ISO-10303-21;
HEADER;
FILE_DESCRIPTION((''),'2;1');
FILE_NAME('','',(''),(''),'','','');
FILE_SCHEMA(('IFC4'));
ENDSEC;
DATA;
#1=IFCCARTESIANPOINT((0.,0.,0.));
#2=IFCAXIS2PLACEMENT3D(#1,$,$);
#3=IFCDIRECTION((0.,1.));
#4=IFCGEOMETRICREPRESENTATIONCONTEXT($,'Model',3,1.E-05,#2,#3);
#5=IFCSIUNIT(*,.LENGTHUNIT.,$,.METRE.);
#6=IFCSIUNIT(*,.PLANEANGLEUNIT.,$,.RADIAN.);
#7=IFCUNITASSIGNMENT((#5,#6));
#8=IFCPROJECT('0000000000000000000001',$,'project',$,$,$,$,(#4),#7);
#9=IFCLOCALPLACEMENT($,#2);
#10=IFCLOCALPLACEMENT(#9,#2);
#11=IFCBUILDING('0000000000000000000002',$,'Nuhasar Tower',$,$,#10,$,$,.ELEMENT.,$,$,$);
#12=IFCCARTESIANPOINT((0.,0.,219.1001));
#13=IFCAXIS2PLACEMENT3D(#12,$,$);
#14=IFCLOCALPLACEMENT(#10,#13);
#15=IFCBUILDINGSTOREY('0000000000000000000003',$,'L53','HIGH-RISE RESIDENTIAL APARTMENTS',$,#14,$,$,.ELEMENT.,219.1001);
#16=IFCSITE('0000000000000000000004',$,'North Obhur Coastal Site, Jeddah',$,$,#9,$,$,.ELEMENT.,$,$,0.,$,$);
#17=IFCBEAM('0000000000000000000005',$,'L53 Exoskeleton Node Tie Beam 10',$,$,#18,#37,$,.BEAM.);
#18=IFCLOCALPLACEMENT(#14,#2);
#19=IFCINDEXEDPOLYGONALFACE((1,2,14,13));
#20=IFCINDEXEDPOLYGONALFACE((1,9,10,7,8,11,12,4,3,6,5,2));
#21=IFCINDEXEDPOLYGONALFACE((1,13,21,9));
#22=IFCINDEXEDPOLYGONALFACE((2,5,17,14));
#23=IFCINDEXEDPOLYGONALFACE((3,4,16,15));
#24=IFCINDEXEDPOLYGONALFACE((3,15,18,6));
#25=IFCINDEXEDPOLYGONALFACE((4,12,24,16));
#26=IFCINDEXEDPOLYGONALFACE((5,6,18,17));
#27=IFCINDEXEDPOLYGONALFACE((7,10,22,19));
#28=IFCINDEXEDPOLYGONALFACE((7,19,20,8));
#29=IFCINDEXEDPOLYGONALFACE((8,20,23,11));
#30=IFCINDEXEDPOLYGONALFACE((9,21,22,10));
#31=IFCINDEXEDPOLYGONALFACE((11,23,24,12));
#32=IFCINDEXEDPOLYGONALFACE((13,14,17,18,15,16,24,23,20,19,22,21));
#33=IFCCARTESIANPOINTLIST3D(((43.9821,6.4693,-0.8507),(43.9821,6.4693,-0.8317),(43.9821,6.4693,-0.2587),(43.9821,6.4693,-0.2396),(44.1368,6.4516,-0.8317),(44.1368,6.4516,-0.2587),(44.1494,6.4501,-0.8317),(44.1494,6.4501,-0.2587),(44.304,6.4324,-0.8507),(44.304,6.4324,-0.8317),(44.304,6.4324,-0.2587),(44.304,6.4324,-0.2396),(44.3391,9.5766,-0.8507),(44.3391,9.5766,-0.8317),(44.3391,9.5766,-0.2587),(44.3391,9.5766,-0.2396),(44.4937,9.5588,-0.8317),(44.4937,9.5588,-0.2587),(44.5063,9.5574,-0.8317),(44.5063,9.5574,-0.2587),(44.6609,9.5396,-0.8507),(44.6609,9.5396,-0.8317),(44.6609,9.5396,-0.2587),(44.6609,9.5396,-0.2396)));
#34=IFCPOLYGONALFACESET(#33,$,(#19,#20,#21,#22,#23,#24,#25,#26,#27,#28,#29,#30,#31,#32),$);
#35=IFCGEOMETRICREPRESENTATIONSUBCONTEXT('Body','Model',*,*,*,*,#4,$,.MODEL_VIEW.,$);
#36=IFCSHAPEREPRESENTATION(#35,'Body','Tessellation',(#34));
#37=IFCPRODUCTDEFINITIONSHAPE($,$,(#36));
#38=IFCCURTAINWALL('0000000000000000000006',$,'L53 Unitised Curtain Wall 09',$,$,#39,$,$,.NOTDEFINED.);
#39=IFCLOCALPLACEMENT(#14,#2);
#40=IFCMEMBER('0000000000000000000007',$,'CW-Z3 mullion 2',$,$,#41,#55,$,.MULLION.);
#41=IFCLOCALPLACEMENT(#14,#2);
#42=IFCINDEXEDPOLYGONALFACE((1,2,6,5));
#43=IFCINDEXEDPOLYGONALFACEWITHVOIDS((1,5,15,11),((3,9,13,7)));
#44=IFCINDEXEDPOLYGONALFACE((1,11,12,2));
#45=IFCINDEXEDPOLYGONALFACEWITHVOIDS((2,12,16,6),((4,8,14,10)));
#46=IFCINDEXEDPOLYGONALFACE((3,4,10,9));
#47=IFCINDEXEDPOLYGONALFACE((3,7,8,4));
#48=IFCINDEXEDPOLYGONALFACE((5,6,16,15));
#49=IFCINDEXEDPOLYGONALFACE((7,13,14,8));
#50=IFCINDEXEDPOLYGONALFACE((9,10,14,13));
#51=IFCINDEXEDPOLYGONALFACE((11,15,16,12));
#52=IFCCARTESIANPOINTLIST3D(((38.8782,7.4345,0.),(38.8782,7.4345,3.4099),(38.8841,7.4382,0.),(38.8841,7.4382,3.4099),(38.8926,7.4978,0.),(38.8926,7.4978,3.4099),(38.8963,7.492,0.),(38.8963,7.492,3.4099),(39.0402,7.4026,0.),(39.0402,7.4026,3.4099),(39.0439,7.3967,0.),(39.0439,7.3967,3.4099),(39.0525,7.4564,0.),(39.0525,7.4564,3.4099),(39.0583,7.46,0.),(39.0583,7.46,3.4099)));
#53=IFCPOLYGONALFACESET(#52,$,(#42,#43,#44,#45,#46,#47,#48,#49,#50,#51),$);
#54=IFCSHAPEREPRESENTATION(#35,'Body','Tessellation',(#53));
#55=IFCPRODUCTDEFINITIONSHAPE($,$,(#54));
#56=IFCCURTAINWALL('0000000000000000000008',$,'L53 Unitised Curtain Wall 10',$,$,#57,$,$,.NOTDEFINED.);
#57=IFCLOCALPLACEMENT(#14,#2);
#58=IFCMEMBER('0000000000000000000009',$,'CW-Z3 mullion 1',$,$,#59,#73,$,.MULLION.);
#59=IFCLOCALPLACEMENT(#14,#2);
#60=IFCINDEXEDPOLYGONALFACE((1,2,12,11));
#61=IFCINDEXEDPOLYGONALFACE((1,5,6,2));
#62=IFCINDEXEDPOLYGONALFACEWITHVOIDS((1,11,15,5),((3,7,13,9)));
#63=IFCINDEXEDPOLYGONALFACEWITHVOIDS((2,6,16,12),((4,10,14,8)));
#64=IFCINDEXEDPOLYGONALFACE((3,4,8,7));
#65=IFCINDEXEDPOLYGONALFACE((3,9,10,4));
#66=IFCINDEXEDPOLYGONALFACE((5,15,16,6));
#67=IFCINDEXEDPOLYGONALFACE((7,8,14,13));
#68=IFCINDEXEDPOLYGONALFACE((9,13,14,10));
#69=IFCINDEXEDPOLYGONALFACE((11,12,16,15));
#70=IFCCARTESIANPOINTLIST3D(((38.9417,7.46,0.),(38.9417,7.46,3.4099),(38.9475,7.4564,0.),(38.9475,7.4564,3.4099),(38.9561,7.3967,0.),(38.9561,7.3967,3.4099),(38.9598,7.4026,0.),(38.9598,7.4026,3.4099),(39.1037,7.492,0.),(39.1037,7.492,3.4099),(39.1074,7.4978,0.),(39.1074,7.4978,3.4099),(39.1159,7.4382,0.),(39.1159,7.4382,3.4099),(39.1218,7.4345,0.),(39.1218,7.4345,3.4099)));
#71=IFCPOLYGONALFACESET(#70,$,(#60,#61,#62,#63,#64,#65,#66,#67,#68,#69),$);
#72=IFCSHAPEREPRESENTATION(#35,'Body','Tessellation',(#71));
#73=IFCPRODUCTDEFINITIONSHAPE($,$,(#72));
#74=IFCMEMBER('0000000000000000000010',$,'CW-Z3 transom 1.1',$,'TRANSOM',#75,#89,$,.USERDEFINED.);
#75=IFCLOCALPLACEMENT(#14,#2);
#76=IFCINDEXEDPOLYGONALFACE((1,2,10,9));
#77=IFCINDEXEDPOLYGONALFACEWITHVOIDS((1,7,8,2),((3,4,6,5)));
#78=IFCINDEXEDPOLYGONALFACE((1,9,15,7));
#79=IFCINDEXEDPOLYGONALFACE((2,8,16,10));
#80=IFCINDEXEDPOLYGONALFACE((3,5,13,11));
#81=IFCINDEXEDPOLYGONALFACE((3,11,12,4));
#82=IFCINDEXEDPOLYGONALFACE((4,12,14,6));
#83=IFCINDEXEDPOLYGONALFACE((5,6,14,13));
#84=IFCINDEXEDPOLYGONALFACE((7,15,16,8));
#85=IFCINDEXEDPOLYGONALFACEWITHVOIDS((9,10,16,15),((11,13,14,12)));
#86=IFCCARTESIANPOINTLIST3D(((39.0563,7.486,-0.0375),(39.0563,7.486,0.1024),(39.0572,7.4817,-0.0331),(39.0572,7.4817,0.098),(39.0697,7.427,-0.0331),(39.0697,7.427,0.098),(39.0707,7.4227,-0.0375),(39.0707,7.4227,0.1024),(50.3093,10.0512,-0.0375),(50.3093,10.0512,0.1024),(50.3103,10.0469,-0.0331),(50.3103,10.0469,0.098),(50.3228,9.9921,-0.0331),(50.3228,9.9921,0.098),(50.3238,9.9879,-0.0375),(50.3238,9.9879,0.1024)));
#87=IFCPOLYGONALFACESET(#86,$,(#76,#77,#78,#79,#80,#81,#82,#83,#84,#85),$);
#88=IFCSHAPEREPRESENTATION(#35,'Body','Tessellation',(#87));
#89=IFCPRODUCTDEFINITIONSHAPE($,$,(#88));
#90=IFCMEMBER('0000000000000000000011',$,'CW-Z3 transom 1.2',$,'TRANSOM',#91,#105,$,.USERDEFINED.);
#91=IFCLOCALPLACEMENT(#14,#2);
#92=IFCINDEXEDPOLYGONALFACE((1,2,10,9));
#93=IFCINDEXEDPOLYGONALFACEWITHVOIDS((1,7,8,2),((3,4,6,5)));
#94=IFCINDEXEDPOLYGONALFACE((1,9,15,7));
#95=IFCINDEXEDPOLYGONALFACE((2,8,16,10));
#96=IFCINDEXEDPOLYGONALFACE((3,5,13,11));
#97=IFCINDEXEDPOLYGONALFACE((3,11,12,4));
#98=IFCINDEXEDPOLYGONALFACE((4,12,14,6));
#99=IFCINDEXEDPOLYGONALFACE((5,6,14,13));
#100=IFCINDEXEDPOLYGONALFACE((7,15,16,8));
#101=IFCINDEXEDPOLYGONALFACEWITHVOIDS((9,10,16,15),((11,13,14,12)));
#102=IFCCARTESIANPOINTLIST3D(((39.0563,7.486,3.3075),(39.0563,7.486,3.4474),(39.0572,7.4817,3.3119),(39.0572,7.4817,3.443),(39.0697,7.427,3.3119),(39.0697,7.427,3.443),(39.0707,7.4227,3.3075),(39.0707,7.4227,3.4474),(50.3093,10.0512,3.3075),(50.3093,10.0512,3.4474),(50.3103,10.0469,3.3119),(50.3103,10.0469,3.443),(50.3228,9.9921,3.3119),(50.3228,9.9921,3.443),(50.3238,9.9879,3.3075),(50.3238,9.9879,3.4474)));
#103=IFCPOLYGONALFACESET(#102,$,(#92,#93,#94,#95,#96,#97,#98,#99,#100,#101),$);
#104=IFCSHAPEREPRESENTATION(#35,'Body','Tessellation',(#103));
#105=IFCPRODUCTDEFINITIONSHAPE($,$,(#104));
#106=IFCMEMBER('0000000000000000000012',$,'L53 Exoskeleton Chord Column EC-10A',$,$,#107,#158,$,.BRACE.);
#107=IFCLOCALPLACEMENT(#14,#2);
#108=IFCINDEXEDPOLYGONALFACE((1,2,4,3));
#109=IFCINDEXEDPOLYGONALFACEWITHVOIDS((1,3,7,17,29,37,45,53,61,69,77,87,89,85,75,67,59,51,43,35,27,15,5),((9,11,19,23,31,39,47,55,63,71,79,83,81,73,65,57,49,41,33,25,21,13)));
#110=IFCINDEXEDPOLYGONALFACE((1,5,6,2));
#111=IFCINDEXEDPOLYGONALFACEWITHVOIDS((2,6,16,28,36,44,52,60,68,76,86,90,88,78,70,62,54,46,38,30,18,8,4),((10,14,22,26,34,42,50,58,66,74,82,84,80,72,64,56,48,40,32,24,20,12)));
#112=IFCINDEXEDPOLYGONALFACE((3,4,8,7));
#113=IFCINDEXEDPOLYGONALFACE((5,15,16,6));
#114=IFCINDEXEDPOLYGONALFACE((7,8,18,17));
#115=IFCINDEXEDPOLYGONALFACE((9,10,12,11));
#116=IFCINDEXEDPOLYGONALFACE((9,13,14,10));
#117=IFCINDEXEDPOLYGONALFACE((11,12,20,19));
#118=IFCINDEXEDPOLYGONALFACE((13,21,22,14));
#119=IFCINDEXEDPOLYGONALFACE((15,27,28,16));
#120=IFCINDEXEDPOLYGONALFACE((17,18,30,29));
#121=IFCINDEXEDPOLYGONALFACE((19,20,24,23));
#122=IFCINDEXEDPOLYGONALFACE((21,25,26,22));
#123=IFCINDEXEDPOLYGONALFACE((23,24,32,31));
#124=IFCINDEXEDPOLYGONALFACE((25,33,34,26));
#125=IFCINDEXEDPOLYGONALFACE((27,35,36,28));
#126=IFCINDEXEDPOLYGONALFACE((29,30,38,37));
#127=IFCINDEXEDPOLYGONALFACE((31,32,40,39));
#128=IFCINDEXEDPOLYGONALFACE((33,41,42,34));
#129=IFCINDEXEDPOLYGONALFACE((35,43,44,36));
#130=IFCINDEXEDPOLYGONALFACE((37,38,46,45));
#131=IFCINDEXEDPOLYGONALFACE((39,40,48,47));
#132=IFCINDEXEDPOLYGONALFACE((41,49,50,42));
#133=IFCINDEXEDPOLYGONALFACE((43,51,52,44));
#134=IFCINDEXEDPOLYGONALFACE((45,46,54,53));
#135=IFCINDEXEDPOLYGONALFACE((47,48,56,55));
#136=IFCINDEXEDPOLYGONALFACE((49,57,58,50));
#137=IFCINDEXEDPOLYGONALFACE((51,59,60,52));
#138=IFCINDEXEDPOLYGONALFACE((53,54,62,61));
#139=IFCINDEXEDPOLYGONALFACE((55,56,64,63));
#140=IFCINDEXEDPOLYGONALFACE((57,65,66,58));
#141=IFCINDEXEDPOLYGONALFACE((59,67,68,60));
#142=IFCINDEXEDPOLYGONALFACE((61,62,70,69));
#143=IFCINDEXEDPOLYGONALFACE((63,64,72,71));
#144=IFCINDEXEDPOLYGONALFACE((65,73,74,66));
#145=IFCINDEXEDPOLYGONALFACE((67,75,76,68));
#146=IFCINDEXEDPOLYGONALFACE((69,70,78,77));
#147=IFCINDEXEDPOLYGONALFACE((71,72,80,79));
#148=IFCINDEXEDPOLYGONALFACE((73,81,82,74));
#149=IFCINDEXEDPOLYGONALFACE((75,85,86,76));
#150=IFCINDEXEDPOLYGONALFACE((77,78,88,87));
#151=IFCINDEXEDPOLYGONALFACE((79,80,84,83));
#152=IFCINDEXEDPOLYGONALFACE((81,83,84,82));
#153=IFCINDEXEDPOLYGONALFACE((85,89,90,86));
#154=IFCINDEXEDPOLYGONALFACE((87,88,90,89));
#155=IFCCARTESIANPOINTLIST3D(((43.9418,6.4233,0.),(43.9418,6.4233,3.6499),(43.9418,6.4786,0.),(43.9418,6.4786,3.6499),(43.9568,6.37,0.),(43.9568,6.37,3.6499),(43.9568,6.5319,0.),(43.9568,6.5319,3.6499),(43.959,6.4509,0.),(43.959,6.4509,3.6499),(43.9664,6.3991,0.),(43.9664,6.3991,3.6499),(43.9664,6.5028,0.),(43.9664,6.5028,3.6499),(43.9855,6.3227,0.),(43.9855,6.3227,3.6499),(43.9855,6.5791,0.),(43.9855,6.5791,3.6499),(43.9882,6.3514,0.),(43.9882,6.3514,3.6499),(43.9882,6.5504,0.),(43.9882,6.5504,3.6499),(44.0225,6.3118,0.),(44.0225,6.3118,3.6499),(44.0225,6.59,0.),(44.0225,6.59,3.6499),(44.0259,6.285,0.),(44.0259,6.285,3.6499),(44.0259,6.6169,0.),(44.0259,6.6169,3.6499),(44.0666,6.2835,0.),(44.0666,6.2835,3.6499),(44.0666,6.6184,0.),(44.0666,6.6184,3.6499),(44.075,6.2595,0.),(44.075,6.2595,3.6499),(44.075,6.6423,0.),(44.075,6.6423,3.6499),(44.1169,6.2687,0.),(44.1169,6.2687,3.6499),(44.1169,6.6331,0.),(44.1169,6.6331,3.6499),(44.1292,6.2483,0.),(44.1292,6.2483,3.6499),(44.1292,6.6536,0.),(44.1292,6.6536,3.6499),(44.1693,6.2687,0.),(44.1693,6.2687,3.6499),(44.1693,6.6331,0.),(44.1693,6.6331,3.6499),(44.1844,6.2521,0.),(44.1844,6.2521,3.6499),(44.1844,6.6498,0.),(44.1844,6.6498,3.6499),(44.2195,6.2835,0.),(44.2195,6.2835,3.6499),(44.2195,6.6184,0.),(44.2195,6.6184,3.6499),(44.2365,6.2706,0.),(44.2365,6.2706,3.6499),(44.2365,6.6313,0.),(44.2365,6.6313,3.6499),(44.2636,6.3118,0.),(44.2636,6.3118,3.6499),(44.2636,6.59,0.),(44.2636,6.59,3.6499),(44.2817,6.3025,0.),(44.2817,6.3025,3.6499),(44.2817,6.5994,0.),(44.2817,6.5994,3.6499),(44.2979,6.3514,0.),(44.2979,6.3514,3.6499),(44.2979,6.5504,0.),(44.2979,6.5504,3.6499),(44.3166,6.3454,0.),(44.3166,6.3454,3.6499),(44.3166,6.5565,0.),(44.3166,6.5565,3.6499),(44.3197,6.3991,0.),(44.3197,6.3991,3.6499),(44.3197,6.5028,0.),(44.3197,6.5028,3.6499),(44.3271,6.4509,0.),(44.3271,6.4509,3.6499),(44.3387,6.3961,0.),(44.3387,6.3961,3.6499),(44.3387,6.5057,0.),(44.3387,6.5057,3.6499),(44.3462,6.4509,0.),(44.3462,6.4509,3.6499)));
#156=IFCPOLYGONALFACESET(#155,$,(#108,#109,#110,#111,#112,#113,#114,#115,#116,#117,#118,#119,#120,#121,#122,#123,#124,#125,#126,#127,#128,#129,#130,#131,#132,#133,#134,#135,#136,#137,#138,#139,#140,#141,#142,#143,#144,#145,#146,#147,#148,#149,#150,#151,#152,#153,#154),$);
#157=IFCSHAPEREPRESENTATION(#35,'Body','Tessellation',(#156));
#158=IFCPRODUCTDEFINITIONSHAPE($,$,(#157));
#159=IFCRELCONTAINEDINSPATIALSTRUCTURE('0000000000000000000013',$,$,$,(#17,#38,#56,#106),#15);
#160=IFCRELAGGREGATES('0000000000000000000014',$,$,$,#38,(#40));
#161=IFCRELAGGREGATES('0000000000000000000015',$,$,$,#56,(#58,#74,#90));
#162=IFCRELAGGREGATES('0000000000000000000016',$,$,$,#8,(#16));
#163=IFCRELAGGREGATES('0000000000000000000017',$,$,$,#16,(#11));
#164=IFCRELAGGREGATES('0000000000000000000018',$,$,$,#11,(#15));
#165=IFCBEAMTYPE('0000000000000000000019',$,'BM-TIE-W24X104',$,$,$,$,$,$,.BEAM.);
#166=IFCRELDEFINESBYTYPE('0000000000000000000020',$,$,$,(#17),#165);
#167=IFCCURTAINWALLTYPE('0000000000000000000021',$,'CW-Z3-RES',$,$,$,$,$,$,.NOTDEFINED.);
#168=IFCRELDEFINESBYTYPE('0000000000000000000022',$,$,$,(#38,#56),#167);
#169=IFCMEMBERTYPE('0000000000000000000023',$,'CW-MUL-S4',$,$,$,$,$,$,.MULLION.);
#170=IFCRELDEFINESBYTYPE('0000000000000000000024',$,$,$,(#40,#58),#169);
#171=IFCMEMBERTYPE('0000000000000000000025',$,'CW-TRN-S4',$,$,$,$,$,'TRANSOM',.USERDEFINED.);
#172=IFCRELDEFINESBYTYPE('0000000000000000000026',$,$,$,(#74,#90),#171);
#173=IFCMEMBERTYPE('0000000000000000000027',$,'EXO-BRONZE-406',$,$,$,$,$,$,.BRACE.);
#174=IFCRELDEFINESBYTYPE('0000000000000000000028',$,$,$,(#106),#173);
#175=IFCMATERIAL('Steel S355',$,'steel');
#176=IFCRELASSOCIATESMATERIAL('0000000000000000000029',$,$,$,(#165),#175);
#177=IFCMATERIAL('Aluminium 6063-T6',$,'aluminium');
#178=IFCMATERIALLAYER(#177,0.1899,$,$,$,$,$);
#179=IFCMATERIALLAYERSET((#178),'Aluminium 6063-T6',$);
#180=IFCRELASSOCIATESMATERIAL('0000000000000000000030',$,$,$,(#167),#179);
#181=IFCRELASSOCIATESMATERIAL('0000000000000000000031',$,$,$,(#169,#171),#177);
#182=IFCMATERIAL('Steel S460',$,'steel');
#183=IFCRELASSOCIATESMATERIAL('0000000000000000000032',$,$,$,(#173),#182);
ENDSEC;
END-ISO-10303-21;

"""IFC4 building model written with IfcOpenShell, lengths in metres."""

from ifc_helpers import new_model, si_unit, direction, frame, origin, origin_2d, place, context, subcontext, project, spatial, hollow_rectangle, hollow_circle, i_section, extrude, material, layer, layer_set, material_profile, profile_set, type_object, element, aggregate, save


model = new_model("IFC4")

# Units and contexts
model_context = context("Model", 3, precision=1e-05, world=origin(), true_north=direction((0.0, 1.0)))
body_context = subcontext(model_context, "Body", "Model", "MODEL_VIEW")
ifc_project = project(units=[si_unit("LENGTHUNIT", "METRE"), si_unit("PLANEANGLEUNIT", "RADIAN")], contexts=[model_context])

# Site, building, storey
site_placement = place(None, origin())
site = spatial("IfcSite", under=ifc_project, at=site_placement, Name="North Obhur Coastal Site, Jeddah", CompositionType="ELEMENT", RefElevation=0.0)
building_placement = place(site_placement, origin())
building = spatial("IfcBuilding", under=site, at=building_placement, Name="Nuhasar Tower", CompositionType="ELEMENT")
storey_placement = place(building_placement, frame((0.0, 0.0, 219.1001)))
storey = spatial("IfcBuildingStorey", under=building, at=storey_placement, Name="L53", Description="HIGH-RISE RESIDENTIAL APARTMENTS", CompositionType="ELEMENT", Elevation=219.1001)

# Beam
ifc_material_1 = material(Name="Steel S355", Category="steel")
ifc_material_profile_1 = material_profile(ifc_material_1, i_section(OverallWidth=0.324, OverallDepth=0.6111, WebThickness=0.0127, FlangeThickness=0.019, at=origin_2d()), Name="W24X104")
ifc_profile_set_1 = profile_set([ifc_material_profile_1], Name="Steel S355")
beam_type_1 = type_object("IfcBeamType", Name="BM-TIE-W24X104", PredefinedType="BEAM", material=ifc_profile_set_1)
beam_1_placement = place(storey_placement, frame((44.5, 9.5581, -0.5452), z_axis=(-0.114123, -0.993467, 0.0), x_axis=(0.993467, -0.114123, 0.0)))
element("IfcBeam", 1, at=beam_1_placement, inside=storey, type_object=beam_type_1, Name="L53 Exoskeleton Node Tie Beam 10", PredefinedType="BEAM", context=body_context, shape_type="SweptSolid", body=[
    extrude(i_section(OverallWidth=0.324, OverallDepth=0.6111, WebThickness=0.0127, FlangeThickness=0.019, at=origin_2d()), origin(), (0.0, 0.0, 1.0), 3.1277),
])

# Curtain wall, member
ifc_material_2 = material(Name="Aluminium 6063-T6", Category="aluminium")
ifc_layer_1 = layer(ifc_material_2, 0.1899)
ifc_layer_set_1 = layer_set([ifc_layer_1], Name="Aluminium 6063-T6")
curtain_wall_type = type_object("IfcCurtainWallType", Name="CW-Z3-RES", PredefinedType="NOTDEFINED", material=ifc_layer_set_1)
curtain_wall_1_placement = place(storey_placement, origin())
curtain_wall_1 = element("IfcCurtainWall", 2, at=curtain_wall_1_placement, inside=storey, type_object=curtain_wall_type, Name="L53 Unitised Curtain Wall 09", PredefinedType="NOTDEFINED")
ifc_material_profile_2 = material_profile(ifc_material_2, hollow_rectangle(XDim=0.0649, YDim=0.1699, WallThickness=0.0049, at=origin_2d()), Name="CWM-4")
ifc_profile_set_2 = profile_set([ifc_material_profile_2], Name="Aluminium 6063-T6")
member_type_1 = type_object("IfcMemberType", Name="CW-MUL-S4", PredefinedType="MULLION", material=ifc_profile_set_2)
member_1_placement = place(storey_placement, frame((38.9683, 7.4473, 0.0), z_axis=(0.0, 0.0, 1.0), x_axis=(0.222243, 0.974991, 0.0)))
member_1 = element("IfcMember", 3, at=member_1_placement, type_object=member_type_1, Name="CW-Z3 mullion 2", PredefinedType="MULLION", context=body_context, shape_type="SweptSolid", body=[
    extrude(hollow_rectangle(XDim=0.0649, YDim=0.1699, WallThickness=0.0049, at=origin_2d()), origin(), (0.0, 0.0, 1.0), 3.4099),
])
aggregate(curtain_wall_1, [member_1])

# Curtain wall, members
curtain_wall_2_placement = place(storey_placement, origin())
curtain_wall_2 = element("IfcCurtainWall", 4, at=curtain_wall_2_placement, inside=storey, type_object=curtain_wall_type, Name="L53 Unitised Curtain Wall 10", PredefinedType="NOTDEFINED")
member_2_placement = place(storey_placement, frame((39.0317, 7.4473, 0.0), z_axis=(0.0, 0.0, 1.0), x_axis=(-0.222243, 0.974991, 0.0)))
member_2 = element("IfcMember", 5, at=member_2_placement, type_object=member_type_1, Name="CW-Z3 mullion 1", PredefinedType="MULLION", context=body_context, shape_type="SweptSolid", body=[
    extrude(hollow_rectangle(XDim=0.0649, YDim=0.1699, WallThickness=0.0049, at=origin_2d()), origin(), (0.0, 0.0, 1.0), 3.4099),
])
ifc_material_profile_3 = material_profile(ifc_material_2, hollow_rectangle(XDim=0.0649, YDim=0.1399, WallThickness=0.0044, at=origin_2d()), Name="CWT-4")
ifc_profile_set_3 = profile_set([ifc_material_profile_3], Name="Aluminium 6063-T6")
member_type_2 = type_object("IfcMemberType", Name="CW-TRN-S4", ElementType="TRANSOM", PredefinedType="USERDEFINED", material=ifc_profile_set_3)
member_3_placement = place(storey_placement, frame((39.0635, 7.4543, 0.0325), z_axis=(0.974989, 0.222251, 0.0), x_axis=(-0.222251, 0.974989, 0.0)))
member_3 = element("IfcMember", 6, at=member_3_placement, type_object=member_type_2, Name="CW-Z3 transom 1.1", ObjectType="TRANSOM", PredefinedType="USERDEFINED", context=body_context, shape_type="SweptSolid", body=[
    extrude(hollow_rectangle(XDim=0.0649, YDim=0.1399, WallThickness=0.0044, at=origin_2d()), origin(), (0.0, 0.0, 1.0), 11.5417),
])
member_4_placement = place(storey_placement, frame((39.0635, 7.4543, 3.3774), z_axis=(0.974989, 0.222251, 0.0), x_axis=(-0.222251, 0.974989, 0.0)))
member_4 = element("IfcMember", 7, at=member_4_placement, type_object=member_type_2, Name="CW-Z3 transom 1.2", ObjectType="TRANSOM", PredefinedType="USERDEFINED", context=body_context, shape_type="SweptSolid", body=[
    extrude(hollow_rectangle(XDim=0.0649, YDim=0.1399, WallThickness=0.0044, at=origin_2d()), origin(), (0.0, 0.0, 1.0), 11.5417),
])

# Member
ifc_material_3 = material(Name="Steel S460", Category="steel")
ifc_material_profile_4 = material_profile(ifc_material_3, hollow_circle(Radius=0.2031, WallThickness=0.019, at=origin_2d()), Name="HSS406.4X19.1")
ifc_profile_set_4 = profile_set([ifc_material_profile_4], Name="Steel S460")
member_type_3 = type_object("IfcMemberType", Name="EXO-BRONZE-406", PredefinedType="BRACE", material=ifc_profile_set_4)
member_5_placement = place(storey_placement, frame((44.1431, 6.4509, 0.0), z_axis=(0.0, 0.0, 1.0), x_axis=(1.0, 0.0, 0.0)))
element("IfcMember", 8, at=member_5_placement, inside=storey, type_object=member_type_3, Name="L53 Exoskeleton Chord Column EC-10A", PredefinedType="BRACE", context=body_context, shape_type="SweptSolid", body=[
    extrude(hollow_circle(Radius=0.2031, WallThickness=0.019, at=origin_2d()), origin(), (0.0, 0.0, 1.0), 3.6499),
])

aggregate(curtain_wall_2, [member_2, member_3, member_4])

save(model, "model.ifc")
